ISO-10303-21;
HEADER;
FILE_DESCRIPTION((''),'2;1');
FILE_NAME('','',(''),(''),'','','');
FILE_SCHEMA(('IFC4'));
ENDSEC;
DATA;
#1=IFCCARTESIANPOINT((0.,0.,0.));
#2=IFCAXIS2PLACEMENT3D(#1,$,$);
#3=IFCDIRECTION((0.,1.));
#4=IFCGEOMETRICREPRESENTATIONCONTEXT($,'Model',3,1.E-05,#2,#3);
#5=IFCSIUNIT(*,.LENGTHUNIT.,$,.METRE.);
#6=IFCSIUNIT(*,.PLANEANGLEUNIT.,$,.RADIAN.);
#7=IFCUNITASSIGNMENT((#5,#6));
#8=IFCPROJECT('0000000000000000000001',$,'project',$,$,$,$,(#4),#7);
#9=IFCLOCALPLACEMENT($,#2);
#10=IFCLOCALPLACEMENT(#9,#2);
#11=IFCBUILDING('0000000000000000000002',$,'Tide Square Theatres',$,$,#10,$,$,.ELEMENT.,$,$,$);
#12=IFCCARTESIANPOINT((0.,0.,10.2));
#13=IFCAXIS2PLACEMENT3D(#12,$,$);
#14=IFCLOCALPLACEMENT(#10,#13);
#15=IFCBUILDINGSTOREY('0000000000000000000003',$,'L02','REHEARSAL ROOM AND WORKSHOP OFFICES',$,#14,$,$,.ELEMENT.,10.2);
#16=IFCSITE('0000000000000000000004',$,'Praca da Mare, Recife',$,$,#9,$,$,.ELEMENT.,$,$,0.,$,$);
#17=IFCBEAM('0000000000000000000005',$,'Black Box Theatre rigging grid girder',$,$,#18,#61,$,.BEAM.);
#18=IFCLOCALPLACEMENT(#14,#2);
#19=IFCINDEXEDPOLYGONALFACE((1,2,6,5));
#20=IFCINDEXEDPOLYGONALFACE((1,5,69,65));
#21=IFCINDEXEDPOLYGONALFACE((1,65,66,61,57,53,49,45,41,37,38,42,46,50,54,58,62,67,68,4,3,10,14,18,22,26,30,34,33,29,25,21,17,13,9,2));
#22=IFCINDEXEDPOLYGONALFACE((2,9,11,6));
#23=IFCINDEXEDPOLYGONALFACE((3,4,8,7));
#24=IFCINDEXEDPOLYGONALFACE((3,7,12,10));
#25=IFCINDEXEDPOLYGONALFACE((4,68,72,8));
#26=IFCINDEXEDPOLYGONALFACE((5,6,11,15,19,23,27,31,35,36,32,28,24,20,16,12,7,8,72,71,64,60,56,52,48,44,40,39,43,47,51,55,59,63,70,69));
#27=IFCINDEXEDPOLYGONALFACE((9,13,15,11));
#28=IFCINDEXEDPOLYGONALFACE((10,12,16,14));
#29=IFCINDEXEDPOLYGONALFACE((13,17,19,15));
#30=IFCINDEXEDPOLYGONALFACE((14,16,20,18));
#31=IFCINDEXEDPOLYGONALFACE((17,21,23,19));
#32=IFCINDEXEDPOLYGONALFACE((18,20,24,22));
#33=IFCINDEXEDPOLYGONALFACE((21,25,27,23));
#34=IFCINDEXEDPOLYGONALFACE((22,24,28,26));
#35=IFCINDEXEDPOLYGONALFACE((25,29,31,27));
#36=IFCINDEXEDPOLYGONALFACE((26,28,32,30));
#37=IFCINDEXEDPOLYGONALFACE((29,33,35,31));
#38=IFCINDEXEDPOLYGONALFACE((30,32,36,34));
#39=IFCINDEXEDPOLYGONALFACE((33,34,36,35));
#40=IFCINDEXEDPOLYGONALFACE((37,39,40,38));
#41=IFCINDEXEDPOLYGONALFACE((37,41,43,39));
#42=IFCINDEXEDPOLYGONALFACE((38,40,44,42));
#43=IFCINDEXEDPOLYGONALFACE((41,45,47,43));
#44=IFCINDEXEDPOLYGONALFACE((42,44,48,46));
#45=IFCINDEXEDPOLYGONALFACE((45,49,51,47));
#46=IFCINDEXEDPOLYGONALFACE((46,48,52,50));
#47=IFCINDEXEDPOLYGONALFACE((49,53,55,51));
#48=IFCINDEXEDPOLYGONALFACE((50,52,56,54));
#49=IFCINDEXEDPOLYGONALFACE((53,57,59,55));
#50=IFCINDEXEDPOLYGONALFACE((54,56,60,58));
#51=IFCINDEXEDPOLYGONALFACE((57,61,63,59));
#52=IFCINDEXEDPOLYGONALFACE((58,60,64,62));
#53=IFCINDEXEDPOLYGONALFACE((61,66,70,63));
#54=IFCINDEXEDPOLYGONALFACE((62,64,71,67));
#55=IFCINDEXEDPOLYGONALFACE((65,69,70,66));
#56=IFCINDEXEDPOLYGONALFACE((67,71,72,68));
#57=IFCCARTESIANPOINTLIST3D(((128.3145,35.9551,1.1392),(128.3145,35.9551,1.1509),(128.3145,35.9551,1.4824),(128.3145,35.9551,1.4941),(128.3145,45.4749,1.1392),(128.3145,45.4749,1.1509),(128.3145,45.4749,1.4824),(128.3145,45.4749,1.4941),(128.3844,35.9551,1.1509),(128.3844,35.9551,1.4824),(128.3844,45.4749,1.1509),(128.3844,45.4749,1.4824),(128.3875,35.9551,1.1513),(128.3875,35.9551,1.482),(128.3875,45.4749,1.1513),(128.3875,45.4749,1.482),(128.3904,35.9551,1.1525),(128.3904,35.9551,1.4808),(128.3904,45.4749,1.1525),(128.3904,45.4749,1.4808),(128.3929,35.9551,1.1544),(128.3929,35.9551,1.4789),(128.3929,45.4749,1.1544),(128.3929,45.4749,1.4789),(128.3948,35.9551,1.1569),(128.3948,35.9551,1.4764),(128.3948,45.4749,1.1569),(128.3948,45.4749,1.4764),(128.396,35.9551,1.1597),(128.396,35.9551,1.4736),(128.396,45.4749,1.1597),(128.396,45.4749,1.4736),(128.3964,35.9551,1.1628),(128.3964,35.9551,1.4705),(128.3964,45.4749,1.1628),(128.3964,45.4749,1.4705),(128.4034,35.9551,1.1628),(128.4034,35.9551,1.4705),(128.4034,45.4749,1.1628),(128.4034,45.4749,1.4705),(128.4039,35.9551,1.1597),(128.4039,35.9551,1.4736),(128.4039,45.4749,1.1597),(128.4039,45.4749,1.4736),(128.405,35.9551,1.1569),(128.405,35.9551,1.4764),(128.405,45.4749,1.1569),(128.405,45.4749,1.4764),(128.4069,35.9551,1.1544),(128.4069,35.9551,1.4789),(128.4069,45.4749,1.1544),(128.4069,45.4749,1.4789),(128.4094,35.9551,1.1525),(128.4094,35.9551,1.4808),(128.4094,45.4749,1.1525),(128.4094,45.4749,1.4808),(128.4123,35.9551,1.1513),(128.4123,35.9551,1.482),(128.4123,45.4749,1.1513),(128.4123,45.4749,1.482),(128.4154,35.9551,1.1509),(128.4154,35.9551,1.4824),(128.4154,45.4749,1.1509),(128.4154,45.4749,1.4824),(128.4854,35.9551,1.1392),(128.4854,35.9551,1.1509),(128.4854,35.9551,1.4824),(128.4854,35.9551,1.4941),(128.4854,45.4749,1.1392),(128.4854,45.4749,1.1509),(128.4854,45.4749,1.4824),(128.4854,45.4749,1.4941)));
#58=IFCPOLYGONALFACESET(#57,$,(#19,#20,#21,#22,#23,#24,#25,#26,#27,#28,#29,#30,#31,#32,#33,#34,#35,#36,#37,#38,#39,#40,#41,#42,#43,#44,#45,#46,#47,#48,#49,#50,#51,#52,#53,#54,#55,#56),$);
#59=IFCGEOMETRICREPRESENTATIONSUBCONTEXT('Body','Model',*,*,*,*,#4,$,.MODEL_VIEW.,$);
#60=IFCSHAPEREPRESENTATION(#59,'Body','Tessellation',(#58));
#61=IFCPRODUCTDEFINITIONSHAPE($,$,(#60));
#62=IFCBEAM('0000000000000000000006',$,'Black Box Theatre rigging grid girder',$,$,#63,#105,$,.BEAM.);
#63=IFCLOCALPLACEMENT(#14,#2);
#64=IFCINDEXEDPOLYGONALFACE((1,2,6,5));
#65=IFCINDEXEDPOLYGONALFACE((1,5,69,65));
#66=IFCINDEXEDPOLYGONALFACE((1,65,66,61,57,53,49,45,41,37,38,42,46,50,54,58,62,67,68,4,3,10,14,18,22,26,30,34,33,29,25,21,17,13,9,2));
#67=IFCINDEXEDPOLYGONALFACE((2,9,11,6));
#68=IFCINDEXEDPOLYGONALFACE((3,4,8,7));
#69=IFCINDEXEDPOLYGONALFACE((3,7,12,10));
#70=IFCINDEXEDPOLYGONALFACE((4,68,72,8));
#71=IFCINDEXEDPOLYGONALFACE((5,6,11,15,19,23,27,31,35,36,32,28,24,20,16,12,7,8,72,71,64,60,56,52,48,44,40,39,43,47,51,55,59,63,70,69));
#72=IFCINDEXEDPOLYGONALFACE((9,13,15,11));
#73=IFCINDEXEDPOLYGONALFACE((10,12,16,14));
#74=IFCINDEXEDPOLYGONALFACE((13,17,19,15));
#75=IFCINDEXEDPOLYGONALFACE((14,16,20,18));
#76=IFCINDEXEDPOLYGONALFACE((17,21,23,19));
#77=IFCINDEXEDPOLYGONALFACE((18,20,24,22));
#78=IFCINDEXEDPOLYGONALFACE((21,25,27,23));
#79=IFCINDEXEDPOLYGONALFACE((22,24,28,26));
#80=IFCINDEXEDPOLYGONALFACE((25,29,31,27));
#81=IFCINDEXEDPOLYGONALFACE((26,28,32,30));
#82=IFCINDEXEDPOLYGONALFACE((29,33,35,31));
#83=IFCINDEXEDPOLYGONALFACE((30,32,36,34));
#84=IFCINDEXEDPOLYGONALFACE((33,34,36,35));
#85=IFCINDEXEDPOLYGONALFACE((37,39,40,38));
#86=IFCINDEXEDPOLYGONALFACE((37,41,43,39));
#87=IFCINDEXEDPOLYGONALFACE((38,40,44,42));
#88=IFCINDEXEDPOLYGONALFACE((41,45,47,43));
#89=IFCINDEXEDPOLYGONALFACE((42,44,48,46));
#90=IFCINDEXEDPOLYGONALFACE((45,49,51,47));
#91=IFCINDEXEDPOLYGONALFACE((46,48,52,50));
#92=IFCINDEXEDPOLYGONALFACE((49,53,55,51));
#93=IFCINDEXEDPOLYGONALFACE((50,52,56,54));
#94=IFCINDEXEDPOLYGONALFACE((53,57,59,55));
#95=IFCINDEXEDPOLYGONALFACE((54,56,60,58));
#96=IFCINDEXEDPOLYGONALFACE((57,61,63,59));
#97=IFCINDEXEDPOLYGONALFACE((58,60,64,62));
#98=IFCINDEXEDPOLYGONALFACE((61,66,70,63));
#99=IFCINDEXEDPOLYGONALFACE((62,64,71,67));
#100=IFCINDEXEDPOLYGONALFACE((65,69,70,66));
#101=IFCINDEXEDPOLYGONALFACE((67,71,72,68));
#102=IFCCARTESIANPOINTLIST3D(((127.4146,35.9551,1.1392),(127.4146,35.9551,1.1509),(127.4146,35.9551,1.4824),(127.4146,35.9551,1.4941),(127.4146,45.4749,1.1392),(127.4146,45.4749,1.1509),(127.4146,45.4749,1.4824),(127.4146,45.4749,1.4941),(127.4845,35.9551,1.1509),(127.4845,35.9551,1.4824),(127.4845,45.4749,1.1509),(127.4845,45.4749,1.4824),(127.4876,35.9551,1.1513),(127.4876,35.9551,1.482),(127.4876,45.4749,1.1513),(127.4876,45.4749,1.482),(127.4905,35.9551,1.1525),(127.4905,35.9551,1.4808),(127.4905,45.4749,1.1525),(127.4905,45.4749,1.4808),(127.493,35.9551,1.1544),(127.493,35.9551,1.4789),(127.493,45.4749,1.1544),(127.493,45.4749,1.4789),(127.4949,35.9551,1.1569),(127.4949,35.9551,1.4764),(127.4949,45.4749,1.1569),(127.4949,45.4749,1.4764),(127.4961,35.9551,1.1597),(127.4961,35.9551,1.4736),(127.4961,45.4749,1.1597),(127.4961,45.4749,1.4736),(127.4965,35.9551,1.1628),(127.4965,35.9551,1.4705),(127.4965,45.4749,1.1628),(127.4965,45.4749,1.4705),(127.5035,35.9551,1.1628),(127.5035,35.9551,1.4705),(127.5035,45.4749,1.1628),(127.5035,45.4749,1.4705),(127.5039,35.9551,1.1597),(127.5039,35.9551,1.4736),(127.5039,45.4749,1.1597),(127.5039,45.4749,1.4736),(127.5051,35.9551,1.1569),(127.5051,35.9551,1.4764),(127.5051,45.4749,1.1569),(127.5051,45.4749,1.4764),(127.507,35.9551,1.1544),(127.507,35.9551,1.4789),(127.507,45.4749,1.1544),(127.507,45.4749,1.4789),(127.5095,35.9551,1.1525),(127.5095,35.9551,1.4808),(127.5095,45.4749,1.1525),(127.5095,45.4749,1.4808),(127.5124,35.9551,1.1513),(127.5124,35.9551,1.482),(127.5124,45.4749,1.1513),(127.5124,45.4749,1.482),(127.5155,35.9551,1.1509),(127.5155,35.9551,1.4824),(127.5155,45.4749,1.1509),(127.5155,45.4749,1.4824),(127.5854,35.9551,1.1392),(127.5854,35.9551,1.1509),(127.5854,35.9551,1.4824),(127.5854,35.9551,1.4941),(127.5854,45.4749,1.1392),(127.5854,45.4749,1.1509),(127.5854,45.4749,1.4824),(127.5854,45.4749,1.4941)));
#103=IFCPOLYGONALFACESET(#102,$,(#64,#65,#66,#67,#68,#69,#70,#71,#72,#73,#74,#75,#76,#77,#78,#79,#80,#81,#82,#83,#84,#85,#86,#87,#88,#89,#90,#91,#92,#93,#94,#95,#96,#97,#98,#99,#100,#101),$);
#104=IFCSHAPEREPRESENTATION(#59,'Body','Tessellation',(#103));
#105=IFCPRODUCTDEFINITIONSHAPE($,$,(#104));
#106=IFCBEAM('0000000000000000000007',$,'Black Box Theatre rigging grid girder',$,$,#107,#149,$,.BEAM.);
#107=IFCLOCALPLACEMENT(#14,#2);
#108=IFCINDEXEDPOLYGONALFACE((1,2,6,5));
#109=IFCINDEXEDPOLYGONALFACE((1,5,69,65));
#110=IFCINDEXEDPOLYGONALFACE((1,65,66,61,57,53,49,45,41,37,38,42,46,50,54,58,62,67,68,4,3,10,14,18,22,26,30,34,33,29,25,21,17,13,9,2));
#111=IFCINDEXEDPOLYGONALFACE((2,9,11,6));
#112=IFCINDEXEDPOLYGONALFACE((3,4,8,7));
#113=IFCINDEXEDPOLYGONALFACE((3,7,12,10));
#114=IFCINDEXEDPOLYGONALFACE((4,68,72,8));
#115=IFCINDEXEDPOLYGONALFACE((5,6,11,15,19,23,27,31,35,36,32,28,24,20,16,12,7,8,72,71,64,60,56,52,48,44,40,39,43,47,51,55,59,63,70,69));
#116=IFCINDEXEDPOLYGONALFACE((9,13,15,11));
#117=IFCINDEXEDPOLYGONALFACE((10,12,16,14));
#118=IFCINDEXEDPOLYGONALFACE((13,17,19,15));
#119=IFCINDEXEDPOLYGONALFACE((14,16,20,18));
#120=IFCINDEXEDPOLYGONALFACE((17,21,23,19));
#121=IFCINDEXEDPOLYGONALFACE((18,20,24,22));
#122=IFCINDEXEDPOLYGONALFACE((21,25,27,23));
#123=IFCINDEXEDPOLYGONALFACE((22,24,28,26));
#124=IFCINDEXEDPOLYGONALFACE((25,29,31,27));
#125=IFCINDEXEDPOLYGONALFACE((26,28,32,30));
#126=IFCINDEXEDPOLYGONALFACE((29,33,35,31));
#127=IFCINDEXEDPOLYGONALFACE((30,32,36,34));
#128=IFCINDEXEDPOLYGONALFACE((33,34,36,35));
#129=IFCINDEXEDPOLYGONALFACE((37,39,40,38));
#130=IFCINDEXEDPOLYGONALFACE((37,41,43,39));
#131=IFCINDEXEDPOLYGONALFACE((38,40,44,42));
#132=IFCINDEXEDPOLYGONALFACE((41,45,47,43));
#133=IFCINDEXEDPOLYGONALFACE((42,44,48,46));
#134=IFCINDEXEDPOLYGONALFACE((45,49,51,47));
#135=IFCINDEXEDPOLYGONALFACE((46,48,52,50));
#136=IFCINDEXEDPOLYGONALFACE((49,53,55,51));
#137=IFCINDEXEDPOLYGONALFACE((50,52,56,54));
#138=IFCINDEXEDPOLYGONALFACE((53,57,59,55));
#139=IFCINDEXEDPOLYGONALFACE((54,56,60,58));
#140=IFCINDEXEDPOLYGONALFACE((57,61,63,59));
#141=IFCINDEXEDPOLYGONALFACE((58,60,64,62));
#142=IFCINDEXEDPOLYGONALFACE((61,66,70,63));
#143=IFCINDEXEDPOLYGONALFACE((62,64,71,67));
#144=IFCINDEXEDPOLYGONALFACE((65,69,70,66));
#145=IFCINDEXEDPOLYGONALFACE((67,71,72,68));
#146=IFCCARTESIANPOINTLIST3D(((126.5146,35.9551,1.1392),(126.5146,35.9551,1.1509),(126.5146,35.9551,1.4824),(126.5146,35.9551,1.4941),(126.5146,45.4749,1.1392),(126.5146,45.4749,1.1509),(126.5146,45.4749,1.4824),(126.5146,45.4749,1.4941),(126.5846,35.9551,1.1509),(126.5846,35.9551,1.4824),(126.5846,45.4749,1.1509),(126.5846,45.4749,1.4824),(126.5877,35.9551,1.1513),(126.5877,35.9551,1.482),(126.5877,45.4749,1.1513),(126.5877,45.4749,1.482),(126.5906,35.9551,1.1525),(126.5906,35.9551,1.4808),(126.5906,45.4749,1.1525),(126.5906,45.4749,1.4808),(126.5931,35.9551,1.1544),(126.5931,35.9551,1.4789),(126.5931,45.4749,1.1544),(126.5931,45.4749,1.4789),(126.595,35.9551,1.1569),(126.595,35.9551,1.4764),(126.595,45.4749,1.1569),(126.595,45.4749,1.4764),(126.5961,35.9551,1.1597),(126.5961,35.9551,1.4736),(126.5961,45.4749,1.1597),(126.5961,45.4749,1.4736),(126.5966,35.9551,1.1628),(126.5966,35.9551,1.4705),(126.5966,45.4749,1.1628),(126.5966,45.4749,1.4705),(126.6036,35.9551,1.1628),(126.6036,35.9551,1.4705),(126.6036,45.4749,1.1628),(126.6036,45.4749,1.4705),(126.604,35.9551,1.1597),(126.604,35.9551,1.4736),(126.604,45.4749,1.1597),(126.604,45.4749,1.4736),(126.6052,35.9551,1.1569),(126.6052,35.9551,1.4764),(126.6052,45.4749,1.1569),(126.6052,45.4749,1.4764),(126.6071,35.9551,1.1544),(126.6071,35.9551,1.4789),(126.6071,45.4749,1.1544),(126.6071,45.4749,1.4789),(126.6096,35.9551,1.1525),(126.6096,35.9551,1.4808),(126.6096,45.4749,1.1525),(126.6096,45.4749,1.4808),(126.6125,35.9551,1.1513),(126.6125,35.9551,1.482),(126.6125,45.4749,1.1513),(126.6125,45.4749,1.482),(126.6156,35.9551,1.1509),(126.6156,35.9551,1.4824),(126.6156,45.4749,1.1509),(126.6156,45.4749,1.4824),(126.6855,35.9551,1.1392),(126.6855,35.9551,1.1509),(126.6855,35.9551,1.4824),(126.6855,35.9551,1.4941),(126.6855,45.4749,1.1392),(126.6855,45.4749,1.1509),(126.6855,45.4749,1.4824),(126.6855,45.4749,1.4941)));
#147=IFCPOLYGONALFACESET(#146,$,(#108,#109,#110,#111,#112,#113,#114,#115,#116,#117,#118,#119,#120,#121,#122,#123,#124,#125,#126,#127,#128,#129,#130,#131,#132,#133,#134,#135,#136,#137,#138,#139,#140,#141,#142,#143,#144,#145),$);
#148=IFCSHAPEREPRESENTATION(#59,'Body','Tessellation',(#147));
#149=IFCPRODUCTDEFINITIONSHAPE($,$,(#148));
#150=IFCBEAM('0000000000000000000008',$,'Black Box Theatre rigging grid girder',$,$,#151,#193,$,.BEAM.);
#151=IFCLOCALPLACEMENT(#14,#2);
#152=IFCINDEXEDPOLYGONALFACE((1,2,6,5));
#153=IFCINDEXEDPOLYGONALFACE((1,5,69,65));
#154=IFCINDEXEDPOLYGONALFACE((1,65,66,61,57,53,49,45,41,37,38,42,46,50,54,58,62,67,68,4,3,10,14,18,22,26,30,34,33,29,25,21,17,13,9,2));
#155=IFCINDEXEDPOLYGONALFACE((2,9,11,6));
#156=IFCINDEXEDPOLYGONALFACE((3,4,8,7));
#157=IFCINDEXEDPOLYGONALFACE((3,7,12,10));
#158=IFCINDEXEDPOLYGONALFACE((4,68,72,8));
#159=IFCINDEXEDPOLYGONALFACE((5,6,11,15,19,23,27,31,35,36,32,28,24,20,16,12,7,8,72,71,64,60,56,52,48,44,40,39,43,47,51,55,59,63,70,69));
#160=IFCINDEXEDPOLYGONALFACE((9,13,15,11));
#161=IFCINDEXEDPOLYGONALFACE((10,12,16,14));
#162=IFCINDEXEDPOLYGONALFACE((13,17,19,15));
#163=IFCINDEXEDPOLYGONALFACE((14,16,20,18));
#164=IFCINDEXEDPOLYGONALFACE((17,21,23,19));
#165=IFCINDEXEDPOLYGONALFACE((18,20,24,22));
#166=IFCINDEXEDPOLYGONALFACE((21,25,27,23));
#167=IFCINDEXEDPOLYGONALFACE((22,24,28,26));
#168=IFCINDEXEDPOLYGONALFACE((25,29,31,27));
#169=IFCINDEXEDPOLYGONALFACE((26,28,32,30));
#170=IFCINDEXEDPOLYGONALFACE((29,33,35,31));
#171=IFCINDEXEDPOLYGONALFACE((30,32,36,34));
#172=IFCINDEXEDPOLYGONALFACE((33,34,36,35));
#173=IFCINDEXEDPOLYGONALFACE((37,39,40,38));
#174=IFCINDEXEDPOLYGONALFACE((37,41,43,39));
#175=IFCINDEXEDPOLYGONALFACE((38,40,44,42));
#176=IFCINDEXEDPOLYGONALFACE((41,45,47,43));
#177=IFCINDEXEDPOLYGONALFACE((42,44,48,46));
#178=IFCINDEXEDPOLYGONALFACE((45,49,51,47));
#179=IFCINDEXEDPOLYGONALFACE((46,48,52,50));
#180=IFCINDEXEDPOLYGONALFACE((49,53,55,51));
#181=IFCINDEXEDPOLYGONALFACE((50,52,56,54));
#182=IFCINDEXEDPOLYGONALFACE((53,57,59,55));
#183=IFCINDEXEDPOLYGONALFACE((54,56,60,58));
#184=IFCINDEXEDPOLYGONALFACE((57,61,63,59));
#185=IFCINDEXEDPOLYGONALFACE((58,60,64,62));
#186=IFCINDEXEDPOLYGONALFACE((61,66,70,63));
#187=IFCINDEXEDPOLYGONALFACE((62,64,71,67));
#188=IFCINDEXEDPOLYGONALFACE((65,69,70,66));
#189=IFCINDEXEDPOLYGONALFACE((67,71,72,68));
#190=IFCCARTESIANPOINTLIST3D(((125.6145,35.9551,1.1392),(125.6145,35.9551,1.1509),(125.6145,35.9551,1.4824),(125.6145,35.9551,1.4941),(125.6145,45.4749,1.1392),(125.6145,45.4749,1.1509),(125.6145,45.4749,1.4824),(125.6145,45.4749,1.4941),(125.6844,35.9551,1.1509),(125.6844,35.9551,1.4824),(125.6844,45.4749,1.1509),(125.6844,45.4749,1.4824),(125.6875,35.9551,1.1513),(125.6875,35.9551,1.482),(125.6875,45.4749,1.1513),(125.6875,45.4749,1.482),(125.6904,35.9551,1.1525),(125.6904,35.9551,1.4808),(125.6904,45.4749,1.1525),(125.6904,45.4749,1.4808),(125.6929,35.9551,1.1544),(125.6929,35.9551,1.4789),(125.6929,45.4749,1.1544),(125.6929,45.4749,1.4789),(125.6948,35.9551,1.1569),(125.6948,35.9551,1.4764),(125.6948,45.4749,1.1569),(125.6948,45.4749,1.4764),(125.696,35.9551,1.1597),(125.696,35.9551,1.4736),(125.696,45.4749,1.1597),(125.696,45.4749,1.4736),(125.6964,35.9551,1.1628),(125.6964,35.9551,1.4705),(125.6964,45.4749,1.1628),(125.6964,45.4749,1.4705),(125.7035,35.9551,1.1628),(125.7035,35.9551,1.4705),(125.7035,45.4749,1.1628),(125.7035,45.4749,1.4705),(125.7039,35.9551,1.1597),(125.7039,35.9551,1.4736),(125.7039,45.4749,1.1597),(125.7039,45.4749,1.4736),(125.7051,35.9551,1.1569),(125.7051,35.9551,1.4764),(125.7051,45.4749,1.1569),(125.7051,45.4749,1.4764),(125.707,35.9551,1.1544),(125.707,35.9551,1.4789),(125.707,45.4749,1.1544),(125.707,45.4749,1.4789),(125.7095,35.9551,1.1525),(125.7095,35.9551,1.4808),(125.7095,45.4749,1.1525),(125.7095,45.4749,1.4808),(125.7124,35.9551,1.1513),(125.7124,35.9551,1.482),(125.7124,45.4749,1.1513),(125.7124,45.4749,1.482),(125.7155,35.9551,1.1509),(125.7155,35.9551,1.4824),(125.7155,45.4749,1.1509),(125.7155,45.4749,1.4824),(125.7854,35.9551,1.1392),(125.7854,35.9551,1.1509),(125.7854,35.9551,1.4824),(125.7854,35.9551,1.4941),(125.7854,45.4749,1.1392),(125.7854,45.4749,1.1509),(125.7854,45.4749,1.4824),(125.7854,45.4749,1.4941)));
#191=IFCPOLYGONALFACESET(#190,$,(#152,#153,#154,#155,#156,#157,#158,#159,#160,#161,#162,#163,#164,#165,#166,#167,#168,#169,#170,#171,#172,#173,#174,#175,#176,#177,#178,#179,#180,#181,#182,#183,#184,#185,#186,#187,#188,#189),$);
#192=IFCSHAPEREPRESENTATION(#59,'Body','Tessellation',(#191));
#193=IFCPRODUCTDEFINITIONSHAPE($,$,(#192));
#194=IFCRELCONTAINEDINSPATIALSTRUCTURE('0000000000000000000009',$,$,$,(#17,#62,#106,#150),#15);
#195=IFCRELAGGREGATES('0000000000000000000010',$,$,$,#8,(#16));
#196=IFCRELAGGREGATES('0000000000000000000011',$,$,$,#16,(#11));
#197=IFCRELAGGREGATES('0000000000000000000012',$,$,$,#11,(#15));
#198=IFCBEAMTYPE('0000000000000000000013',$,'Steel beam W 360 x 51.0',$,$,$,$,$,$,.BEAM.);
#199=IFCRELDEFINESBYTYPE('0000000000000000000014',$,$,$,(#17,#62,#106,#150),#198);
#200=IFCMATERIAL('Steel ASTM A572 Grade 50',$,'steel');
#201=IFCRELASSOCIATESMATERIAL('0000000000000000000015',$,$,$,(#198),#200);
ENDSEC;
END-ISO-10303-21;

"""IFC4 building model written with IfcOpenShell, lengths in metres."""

from ifc_helpers import new_model, si_unit, direction, frame, origin, origin_2d, place, context, subcontext, project, spatial, i_section, extrude, material, material_profile, profile_set, type_object, element, save


model = new_model("IFC4")

# Units and contexts
model_context = context("Model", 3, precision=1e-05, world=origin(), true_north=direction((0.0, 1.0)))
body_context = subcontext(model_context, "Body", "Model", "MODEL_VIEW")
ifc_project = project(units=[si_unit("LENGTHUNIT", "METRE"), si_unit("PLANEANGLEUNIT", "RADIAN")], contexts=[model_context])

# Site, building, storey
site_placement = place(None, origin())
site = spatial("IfcSite", under=ifc_project, at=site_placement, Name="Praca da Mare, Recife", CompositionType="ELEMENT", RefElevation=0.0)
building_placement = place(site_placement, origin())
building = spatial("IfcBuilding", under=site, at=building_placement, Name="Tide Square Theatres", CompositionType="ELEMENT")
storey_placement = place(building_placement, frame((0.0, 0.0, 10.2)))
storey = spatial("IfcBuildingStorey", under=building, at=storey_placement, Name="L02", Description="REHEARSAL ROOM AND WORKSHOP OFFICES", CompositionType="ELEMENT", Elevation=10.2)

# Beams
ifc_material_1 = material(Name="Steel ASTM A572 Grade 50", Category="steel")
ifc_material_profile_1 = material_profile(ifc_material_1, i_section(OverallWidth=0.1709, OverallDepth=0.355, WebThickness=0.0071, FlangeThickness=0.0117, FilletRadius=0.012, at=origin_2d()))
ifc_profile_set_1 = profile_set([ifc_material_profile_1], Name="Steel ASTM A572 Grade 50")
beam_type = type_object("IfcBeamType", Name="Steel beam W 360 x 51.0", PredefinedType="BEAM", material=ifc_profile_set_1)
for number, where, z_axis, x_axis, name in (
    (1, (128.3999, 35.9551, 1.3167), (0.0, 1.0, 0.0), (-1.0, 0.0, 0.0), "Black Box Theatre rigging grid girder"),
    (2, (127.5, 35.9551, 1.3167), (0.0, 1.0, 0.0), (-1.0, 0.0, 0.0), "Black Box Theatre rigging grid girder"),
    (3, (126.6001, 35.9551, 1.3167), (0.0, 1.0, 0.0), (-1.0, 0.0, 0.0), "Black Box Theatre rigging grid girder"),
    (4, (125.7, 35.9551, 1.3167), (0.0, 1.0, 0.0), (-1.0, 0.0, 0.0), "Black Box Theatre rigging grid girder"),
):
    element("IfcBeam", number, at=place(storey_placement, frame(where, z_axis=z_axis, x_axis=x_axis)), inside=storey, type_object=beam_type, Name=name, PredefinedType="BEAM", context=body_context, shape_type="SweptSolid", body=[
        extrude(i_section(OverallWidth=0.1709, OverallDepth=0.355, WebThickness=0.0071, FlangeThickness=0.0117, FilletRadius=0.012, at=origin_2d()), origin(), (0.0, 0.0, 1.0), 9.5198),
    ])

save(model, "model.ifc")
